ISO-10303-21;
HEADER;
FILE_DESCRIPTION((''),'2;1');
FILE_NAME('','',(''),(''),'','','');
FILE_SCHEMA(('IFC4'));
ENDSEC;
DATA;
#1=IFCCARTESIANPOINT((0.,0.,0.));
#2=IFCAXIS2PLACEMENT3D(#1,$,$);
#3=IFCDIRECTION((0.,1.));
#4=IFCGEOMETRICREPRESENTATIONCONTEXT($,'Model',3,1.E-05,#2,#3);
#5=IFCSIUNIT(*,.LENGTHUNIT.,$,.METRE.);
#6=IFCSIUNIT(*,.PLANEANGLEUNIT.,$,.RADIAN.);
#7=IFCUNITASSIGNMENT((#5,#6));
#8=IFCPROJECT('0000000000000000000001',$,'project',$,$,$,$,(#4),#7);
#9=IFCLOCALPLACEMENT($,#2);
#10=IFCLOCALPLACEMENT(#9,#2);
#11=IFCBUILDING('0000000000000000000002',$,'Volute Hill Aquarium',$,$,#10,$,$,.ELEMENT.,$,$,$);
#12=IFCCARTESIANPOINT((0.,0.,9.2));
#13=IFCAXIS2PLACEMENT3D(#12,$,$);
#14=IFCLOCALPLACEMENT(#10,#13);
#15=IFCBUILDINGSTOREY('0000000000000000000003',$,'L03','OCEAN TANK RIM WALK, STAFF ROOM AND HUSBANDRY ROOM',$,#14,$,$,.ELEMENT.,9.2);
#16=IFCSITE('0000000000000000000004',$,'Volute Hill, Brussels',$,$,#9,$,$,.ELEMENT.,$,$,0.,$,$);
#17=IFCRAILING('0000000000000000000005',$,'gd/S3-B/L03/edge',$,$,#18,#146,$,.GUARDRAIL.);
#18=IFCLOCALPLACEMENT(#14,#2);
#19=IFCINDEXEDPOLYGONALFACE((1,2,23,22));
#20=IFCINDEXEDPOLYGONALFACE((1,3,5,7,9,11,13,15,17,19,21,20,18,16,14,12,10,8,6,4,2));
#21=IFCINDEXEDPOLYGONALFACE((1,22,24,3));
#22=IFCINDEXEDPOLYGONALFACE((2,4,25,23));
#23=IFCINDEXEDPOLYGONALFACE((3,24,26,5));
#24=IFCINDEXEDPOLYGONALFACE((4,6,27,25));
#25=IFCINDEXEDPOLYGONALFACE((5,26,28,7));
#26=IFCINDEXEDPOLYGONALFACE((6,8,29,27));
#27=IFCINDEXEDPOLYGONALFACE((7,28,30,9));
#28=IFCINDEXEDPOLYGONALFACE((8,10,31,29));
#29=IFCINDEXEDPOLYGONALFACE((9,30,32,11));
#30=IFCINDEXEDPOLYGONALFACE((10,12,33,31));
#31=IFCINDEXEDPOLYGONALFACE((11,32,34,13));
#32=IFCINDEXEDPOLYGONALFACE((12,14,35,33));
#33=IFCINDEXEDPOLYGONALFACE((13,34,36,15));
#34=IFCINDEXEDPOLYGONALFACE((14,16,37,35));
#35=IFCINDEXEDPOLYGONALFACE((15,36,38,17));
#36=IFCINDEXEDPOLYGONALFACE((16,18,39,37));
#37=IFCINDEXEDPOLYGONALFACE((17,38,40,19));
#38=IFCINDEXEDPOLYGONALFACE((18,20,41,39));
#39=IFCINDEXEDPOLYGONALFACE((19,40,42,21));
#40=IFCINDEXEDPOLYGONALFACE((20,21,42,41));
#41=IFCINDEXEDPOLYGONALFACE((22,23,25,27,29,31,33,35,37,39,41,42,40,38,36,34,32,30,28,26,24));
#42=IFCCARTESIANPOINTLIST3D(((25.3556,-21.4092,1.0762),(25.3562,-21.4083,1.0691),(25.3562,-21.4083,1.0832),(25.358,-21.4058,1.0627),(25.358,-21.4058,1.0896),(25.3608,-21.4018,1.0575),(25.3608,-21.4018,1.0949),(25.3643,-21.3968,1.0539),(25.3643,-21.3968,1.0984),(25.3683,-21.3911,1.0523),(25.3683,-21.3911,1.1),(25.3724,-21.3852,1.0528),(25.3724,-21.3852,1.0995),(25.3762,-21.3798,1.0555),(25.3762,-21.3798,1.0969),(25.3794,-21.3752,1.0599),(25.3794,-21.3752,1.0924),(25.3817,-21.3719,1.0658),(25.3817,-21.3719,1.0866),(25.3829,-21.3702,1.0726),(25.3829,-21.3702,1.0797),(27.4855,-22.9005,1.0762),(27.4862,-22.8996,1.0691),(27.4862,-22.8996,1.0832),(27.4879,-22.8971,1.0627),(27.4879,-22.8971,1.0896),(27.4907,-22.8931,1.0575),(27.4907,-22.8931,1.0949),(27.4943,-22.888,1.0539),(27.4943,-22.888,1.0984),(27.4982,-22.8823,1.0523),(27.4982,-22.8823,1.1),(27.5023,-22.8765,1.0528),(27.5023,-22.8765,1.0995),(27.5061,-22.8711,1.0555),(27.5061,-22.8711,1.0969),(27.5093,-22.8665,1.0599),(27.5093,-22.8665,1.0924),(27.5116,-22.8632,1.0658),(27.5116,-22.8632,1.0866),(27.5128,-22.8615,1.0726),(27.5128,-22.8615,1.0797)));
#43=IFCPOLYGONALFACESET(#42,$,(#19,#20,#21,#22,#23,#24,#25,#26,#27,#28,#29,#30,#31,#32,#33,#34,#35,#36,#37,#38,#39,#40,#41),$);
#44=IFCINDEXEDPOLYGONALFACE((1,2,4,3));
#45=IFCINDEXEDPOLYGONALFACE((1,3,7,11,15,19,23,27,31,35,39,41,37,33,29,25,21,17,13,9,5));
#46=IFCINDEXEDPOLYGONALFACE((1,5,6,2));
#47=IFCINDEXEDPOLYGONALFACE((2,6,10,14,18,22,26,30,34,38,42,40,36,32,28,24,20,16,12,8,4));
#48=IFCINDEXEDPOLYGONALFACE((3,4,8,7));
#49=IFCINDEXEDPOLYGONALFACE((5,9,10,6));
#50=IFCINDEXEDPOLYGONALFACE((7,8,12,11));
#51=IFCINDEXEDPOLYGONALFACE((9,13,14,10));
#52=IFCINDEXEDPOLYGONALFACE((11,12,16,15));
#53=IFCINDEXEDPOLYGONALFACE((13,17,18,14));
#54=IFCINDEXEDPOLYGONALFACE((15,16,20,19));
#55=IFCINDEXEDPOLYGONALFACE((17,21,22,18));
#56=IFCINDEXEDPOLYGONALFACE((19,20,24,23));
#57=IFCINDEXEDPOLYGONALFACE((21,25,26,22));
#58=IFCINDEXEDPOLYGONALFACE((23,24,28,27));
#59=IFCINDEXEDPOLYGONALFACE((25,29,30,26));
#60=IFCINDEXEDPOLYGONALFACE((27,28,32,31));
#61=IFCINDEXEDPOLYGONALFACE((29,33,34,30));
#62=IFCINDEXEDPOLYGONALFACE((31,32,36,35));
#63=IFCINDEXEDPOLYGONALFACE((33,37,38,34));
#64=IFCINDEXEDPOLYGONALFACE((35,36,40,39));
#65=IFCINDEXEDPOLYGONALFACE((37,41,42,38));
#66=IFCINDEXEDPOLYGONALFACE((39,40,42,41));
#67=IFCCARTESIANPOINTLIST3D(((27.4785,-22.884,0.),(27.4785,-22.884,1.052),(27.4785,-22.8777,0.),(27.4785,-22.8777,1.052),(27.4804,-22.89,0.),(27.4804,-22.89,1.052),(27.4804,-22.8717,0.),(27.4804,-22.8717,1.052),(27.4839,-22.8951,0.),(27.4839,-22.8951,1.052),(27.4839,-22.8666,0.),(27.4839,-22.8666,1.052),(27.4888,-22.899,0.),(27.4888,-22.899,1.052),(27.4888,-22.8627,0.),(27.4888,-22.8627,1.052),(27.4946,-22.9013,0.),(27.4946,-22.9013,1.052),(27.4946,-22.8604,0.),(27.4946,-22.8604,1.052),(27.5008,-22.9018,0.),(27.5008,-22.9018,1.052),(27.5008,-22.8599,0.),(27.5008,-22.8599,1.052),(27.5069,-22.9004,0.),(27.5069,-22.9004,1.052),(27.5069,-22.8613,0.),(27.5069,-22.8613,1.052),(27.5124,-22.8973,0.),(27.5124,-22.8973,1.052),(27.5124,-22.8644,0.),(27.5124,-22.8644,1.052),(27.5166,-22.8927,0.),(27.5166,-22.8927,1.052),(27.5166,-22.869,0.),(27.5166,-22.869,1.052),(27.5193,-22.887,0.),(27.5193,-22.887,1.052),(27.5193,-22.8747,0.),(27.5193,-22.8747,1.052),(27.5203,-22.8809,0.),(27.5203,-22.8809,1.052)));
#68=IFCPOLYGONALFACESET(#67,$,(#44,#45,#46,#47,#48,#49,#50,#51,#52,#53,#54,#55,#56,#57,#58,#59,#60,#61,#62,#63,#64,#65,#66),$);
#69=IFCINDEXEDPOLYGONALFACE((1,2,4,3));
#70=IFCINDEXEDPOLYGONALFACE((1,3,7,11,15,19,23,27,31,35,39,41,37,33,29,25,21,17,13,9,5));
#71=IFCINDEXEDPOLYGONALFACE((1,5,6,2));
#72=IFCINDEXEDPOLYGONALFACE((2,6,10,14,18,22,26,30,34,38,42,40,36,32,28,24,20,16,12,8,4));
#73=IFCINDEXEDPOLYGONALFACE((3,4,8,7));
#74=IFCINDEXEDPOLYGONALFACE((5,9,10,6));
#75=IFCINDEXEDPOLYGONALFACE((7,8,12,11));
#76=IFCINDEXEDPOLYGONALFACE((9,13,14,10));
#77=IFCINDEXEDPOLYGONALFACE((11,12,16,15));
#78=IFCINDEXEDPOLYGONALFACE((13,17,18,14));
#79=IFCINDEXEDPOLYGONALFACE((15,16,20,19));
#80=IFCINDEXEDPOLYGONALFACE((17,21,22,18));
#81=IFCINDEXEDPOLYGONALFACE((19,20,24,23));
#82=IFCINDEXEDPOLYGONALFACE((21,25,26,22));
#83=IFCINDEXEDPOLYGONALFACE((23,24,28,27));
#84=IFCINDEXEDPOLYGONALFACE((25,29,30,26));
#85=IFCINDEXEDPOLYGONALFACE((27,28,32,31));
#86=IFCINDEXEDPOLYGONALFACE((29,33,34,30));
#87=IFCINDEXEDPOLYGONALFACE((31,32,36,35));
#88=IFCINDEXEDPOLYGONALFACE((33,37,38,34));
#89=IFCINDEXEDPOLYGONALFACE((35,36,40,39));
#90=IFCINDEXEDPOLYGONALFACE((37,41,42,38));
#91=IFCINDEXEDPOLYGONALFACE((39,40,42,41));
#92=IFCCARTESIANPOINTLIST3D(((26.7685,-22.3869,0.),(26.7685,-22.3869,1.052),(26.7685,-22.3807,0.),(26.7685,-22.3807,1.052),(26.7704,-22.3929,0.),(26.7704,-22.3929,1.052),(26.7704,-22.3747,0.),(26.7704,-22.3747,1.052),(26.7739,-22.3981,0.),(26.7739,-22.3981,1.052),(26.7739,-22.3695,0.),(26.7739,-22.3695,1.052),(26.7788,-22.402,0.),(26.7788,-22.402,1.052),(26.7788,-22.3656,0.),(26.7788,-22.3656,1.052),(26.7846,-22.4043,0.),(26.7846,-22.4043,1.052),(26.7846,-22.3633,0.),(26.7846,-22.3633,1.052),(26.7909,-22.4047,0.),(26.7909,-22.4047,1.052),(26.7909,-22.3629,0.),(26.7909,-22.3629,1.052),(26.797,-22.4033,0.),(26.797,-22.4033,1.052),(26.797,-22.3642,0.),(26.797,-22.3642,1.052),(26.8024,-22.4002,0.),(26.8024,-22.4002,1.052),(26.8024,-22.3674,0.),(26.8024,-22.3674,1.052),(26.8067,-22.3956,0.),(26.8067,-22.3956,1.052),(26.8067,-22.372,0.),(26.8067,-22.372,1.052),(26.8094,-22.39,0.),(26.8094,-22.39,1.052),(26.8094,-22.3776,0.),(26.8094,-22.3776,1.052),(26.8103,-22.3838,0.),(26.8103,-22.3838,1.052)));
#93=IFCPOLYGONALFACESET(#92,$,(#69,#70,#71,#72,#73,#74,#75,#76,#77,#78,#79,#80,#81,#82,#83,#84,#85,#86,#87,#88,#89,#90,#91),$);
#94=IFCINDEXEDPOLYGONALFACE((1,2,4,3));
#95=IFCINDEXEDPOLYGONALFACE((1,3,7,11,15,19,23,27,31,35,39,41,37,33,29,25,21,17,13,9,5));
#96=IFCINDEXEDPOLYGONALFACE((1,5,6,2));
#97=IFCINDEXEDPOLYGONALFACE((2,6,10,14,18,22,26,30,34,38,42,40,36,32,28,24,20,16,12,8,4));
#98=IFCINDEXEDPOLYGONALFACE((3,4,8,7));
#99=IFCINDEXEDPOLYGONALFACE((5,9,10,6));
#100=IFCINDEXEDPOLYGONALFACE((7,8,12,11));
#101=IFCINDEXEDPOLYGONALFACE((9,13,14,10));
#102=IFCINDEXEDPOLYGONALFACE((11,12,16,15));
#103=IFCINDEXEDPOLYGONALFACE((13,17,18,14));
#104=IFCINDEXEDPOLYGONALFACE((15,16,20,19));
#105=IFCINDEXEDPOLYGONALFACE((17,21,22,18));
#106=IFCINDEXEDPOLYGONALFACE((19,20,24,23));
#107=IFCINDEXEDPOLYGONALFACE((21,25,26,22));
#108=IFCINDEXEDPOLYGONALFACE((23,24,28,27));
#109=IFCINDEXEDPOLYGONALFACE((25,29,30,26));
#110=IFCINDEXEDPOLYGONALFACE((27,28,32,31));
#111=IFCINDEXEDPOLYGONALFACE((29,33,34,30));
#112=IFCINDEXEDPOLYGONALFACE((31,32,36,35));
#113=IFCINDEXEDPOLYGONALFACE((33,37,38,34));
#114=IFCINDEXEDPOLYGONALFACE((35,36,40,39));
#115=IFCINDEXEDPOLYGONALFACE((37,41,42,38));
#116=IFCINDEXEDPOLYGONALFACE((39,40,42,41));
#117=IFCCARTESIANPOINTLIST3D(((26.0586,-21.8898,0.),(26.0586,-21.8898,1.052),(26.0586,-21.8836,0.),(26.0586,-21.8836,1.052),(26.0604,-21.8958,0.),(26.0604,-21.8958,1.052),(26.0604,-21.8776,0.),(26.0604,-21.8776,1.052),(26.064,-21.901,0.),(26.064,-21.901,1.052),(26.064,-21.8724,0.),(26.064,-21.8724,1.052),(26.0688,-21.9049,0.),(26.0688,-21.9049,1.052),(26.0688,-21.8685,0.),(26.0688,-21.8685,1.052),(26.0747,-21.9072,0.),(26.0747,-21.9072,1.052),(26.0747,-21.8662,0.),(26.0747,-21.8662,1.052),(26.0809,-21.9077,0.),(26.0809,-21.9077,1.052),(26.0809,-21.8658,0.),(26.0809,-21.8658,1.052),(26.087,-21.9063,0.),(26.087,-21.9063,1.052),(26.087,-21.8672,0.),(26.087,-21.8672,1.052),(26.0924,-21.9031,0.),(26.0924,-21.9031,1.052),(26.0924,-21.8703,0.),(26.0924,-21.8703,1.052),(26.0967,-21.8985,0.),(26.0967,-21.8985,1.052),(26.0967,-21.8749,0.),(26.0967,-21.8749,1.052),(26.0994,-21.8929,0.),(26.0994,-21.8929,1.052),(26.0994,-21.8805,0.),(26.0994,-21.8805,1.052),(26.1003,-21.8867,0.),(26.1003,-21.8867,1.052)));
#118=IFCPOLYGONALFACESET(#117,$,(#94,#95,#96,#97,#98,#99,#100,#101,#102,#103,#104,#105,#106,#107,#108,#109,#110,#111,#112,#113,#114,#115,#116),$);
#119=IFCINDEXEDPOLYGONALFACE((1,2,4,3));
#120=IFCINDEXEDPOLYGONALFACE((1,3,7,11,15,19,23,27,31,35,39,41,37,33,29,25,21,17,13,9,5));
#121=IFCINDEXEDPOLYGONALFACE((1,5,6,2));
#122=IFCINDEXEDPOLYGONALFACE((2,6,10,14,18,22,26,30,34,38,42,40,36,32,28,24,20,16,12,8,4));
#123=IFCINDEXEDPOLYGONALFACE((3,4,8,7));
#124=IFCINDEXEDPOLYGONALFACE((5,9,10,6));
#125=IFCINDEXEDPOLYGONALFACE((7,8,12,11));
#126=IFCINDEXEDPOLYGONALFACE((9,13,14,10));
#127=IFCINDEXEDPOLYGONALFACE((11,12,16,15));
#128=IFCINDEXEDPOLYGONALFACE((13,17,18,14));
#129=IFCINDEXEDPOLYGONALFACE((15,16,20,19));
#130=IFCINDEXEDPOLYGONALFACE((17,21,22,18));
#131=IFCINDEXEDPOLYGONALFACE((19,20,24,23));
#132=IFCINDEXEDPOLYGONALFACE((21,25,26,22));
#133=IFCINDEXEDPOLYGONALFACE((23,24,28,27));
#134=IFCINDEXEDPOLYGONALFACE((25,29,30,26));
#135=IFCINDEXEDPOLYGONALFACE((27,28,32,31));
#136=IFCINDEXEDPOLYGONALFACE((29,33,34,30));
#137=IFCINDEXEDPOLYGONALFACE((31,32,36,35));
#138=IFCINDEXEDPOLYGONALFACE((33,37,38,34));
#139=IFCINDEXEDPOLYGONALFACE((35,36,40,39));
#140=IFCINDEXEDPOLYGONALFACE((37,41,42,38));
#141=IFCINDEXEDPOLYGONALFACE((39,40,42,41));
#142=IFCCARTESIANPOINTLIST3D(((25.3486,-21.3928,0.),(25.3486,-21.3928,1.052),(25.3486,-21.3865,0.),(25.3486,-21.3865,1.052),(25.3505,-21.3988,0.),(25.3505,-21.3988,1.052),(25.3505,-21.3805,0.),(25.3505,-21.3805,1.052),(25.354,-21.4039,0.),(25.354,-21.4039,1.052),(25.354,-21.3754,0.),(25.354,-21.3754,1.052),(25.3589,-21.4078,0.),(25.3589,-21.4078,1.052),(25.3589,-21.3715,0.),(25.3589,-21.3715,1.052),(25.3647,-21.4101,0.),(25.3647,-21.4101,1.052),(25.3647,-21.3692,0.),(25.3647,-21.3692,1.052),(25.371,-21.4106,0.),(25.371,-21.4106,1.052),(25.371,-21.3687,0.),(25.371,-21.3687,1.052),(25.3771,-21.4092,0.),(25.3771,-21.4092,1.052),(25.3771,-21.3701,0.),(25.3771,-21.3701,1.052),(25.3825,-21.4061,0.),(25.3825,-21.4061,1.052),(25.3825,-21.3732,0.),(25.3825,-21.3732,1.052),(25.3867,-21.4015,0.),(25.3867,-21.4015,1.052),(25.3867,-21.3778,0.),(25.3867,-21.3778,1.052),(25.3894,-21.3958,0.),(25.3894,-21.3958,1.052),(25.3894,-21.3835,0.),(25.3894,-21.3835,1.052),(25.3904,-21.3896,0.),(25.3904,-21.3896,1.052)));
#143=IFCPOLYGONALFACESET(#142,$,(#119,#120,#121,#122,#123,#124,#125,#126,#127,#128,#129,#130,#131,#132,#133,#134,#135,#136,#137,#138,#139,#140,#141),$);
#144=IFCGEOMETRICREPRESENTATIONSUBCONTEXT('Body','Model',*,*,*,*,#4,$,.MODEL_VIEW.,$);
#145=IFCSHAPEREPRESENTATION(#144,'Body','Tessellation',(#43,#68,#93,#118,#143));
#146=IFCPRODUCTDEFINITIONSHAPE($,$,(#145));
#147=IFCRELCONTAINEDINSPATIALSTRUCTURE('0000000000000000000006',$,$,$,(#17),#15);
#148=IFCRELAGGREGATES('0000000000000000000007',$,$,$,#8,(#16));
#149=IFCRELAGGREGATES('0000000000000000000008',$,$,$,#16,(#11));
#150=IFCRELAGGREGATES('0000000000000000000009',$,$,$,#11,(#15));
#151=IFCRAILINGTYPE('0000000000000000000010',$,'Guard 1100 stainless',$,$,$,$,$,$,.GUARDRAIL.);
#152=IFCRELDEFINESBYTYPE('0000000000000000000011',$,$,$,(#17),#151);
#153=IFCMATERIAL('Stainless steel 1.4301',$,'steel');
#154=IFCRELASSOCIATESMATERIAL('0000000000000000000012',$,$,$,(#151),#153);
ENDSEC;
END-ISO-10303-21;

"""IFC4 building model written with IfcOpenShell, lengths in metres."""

from ifc_helpers import new_model, si_unit, direction, frame, origin, origin_2d, place, context, subcontext, project, spatial, circle, extrude, material, type_object, element, save


model = new_model("IFC4")

# Units and contexts
model_context = context("Model", 3, precision=1e-05, world=origin(), true_north=direction((0.0, 1.0)))
body_context = subcontext(model_context, "Body", "Model", "MODEL_VIEW")
ifc_project = project(units=[si_unit("LENGTHUNIT", "METRE"), si_unit("PLANEANGLEUNIT", "RADIAN")], contexts=[model_context])

# Site, building, storey
site_placement = place(None, origin())
site = spatial("IfcSite", under=ifc_project, at=site_placement, Name="Volute Hill, Brussels", CompositionType="ELEMENT", RefElevation=0.0)
building_placement = place(site_placement, origin())
building = spatial("IfcBuilding", under=site, at=building_placement, Name="Volute Hill Aquarium", CompositionType="ELEMENT")
storey_placement = place(building_placement, frame((0.0, 0.0, 9.2)))
storey = spatial("IfcBuildingStorey", under=building, at=storey_placement, Name="L03", Description="OCEAN TANK RIM WALK, STAFF ROOM AND HUSBANDRY ROOM", CompositionType="ELEMENT", Elevation=9.2)

# Railing
ifc_material_1 = material(Name="Stainless steel 1.4301", Category="steel")
railing_type = type_object("IfcRailingType", Name="Guard 1100 stainless", PredefinedType="GUARDRAIL", material=ifc_material_1)
railing_1_placement = place(storey_placement, frame((27.4993, -22.8809, 0.0)))
element("IfcRailing", 1, at=railing_1_placement, inside=storey, type_object=railing_type, Name="gd/S3-B/L03/edge", PredefinedType="GUARDRAIL", context=body_context, shape_type="SweptSolid", body=[
    extrude(circle(Radius=0.0239, at=origin_2d()), frame((0.0, 0.0, 1.0762), z_axis=(-0.819179, 0.573538, 0.0), x_axis=(-0.573538, -0.819179, 0.0)), (0.0, 0.0, 1.0), 2.6001),
    extrude(circle(Radius=0.021, at=origin_2d()), origin(), (0.0, 0.0, 1.0), 1.052),
    extrude(circle(Radius=0.021, at=origin_2d()), frame((-0.71, 0.4971, 0.0)), (0.0, 0.0, 1.0), 1.052),
    extrude(circle(Radius=0.021, at=origin_2d()), frame((-1.4199, 0.9941, 0.0)), (0.0, 0.0, 1.0), 1.052),
    extrude(circle(Radius=0.021, at=origin_2d()), frame((-2.1299, 1.4912, 0.0)), (0.0, 0.0, 1.0), 1.052),
])

save(model, "model.ifc")
